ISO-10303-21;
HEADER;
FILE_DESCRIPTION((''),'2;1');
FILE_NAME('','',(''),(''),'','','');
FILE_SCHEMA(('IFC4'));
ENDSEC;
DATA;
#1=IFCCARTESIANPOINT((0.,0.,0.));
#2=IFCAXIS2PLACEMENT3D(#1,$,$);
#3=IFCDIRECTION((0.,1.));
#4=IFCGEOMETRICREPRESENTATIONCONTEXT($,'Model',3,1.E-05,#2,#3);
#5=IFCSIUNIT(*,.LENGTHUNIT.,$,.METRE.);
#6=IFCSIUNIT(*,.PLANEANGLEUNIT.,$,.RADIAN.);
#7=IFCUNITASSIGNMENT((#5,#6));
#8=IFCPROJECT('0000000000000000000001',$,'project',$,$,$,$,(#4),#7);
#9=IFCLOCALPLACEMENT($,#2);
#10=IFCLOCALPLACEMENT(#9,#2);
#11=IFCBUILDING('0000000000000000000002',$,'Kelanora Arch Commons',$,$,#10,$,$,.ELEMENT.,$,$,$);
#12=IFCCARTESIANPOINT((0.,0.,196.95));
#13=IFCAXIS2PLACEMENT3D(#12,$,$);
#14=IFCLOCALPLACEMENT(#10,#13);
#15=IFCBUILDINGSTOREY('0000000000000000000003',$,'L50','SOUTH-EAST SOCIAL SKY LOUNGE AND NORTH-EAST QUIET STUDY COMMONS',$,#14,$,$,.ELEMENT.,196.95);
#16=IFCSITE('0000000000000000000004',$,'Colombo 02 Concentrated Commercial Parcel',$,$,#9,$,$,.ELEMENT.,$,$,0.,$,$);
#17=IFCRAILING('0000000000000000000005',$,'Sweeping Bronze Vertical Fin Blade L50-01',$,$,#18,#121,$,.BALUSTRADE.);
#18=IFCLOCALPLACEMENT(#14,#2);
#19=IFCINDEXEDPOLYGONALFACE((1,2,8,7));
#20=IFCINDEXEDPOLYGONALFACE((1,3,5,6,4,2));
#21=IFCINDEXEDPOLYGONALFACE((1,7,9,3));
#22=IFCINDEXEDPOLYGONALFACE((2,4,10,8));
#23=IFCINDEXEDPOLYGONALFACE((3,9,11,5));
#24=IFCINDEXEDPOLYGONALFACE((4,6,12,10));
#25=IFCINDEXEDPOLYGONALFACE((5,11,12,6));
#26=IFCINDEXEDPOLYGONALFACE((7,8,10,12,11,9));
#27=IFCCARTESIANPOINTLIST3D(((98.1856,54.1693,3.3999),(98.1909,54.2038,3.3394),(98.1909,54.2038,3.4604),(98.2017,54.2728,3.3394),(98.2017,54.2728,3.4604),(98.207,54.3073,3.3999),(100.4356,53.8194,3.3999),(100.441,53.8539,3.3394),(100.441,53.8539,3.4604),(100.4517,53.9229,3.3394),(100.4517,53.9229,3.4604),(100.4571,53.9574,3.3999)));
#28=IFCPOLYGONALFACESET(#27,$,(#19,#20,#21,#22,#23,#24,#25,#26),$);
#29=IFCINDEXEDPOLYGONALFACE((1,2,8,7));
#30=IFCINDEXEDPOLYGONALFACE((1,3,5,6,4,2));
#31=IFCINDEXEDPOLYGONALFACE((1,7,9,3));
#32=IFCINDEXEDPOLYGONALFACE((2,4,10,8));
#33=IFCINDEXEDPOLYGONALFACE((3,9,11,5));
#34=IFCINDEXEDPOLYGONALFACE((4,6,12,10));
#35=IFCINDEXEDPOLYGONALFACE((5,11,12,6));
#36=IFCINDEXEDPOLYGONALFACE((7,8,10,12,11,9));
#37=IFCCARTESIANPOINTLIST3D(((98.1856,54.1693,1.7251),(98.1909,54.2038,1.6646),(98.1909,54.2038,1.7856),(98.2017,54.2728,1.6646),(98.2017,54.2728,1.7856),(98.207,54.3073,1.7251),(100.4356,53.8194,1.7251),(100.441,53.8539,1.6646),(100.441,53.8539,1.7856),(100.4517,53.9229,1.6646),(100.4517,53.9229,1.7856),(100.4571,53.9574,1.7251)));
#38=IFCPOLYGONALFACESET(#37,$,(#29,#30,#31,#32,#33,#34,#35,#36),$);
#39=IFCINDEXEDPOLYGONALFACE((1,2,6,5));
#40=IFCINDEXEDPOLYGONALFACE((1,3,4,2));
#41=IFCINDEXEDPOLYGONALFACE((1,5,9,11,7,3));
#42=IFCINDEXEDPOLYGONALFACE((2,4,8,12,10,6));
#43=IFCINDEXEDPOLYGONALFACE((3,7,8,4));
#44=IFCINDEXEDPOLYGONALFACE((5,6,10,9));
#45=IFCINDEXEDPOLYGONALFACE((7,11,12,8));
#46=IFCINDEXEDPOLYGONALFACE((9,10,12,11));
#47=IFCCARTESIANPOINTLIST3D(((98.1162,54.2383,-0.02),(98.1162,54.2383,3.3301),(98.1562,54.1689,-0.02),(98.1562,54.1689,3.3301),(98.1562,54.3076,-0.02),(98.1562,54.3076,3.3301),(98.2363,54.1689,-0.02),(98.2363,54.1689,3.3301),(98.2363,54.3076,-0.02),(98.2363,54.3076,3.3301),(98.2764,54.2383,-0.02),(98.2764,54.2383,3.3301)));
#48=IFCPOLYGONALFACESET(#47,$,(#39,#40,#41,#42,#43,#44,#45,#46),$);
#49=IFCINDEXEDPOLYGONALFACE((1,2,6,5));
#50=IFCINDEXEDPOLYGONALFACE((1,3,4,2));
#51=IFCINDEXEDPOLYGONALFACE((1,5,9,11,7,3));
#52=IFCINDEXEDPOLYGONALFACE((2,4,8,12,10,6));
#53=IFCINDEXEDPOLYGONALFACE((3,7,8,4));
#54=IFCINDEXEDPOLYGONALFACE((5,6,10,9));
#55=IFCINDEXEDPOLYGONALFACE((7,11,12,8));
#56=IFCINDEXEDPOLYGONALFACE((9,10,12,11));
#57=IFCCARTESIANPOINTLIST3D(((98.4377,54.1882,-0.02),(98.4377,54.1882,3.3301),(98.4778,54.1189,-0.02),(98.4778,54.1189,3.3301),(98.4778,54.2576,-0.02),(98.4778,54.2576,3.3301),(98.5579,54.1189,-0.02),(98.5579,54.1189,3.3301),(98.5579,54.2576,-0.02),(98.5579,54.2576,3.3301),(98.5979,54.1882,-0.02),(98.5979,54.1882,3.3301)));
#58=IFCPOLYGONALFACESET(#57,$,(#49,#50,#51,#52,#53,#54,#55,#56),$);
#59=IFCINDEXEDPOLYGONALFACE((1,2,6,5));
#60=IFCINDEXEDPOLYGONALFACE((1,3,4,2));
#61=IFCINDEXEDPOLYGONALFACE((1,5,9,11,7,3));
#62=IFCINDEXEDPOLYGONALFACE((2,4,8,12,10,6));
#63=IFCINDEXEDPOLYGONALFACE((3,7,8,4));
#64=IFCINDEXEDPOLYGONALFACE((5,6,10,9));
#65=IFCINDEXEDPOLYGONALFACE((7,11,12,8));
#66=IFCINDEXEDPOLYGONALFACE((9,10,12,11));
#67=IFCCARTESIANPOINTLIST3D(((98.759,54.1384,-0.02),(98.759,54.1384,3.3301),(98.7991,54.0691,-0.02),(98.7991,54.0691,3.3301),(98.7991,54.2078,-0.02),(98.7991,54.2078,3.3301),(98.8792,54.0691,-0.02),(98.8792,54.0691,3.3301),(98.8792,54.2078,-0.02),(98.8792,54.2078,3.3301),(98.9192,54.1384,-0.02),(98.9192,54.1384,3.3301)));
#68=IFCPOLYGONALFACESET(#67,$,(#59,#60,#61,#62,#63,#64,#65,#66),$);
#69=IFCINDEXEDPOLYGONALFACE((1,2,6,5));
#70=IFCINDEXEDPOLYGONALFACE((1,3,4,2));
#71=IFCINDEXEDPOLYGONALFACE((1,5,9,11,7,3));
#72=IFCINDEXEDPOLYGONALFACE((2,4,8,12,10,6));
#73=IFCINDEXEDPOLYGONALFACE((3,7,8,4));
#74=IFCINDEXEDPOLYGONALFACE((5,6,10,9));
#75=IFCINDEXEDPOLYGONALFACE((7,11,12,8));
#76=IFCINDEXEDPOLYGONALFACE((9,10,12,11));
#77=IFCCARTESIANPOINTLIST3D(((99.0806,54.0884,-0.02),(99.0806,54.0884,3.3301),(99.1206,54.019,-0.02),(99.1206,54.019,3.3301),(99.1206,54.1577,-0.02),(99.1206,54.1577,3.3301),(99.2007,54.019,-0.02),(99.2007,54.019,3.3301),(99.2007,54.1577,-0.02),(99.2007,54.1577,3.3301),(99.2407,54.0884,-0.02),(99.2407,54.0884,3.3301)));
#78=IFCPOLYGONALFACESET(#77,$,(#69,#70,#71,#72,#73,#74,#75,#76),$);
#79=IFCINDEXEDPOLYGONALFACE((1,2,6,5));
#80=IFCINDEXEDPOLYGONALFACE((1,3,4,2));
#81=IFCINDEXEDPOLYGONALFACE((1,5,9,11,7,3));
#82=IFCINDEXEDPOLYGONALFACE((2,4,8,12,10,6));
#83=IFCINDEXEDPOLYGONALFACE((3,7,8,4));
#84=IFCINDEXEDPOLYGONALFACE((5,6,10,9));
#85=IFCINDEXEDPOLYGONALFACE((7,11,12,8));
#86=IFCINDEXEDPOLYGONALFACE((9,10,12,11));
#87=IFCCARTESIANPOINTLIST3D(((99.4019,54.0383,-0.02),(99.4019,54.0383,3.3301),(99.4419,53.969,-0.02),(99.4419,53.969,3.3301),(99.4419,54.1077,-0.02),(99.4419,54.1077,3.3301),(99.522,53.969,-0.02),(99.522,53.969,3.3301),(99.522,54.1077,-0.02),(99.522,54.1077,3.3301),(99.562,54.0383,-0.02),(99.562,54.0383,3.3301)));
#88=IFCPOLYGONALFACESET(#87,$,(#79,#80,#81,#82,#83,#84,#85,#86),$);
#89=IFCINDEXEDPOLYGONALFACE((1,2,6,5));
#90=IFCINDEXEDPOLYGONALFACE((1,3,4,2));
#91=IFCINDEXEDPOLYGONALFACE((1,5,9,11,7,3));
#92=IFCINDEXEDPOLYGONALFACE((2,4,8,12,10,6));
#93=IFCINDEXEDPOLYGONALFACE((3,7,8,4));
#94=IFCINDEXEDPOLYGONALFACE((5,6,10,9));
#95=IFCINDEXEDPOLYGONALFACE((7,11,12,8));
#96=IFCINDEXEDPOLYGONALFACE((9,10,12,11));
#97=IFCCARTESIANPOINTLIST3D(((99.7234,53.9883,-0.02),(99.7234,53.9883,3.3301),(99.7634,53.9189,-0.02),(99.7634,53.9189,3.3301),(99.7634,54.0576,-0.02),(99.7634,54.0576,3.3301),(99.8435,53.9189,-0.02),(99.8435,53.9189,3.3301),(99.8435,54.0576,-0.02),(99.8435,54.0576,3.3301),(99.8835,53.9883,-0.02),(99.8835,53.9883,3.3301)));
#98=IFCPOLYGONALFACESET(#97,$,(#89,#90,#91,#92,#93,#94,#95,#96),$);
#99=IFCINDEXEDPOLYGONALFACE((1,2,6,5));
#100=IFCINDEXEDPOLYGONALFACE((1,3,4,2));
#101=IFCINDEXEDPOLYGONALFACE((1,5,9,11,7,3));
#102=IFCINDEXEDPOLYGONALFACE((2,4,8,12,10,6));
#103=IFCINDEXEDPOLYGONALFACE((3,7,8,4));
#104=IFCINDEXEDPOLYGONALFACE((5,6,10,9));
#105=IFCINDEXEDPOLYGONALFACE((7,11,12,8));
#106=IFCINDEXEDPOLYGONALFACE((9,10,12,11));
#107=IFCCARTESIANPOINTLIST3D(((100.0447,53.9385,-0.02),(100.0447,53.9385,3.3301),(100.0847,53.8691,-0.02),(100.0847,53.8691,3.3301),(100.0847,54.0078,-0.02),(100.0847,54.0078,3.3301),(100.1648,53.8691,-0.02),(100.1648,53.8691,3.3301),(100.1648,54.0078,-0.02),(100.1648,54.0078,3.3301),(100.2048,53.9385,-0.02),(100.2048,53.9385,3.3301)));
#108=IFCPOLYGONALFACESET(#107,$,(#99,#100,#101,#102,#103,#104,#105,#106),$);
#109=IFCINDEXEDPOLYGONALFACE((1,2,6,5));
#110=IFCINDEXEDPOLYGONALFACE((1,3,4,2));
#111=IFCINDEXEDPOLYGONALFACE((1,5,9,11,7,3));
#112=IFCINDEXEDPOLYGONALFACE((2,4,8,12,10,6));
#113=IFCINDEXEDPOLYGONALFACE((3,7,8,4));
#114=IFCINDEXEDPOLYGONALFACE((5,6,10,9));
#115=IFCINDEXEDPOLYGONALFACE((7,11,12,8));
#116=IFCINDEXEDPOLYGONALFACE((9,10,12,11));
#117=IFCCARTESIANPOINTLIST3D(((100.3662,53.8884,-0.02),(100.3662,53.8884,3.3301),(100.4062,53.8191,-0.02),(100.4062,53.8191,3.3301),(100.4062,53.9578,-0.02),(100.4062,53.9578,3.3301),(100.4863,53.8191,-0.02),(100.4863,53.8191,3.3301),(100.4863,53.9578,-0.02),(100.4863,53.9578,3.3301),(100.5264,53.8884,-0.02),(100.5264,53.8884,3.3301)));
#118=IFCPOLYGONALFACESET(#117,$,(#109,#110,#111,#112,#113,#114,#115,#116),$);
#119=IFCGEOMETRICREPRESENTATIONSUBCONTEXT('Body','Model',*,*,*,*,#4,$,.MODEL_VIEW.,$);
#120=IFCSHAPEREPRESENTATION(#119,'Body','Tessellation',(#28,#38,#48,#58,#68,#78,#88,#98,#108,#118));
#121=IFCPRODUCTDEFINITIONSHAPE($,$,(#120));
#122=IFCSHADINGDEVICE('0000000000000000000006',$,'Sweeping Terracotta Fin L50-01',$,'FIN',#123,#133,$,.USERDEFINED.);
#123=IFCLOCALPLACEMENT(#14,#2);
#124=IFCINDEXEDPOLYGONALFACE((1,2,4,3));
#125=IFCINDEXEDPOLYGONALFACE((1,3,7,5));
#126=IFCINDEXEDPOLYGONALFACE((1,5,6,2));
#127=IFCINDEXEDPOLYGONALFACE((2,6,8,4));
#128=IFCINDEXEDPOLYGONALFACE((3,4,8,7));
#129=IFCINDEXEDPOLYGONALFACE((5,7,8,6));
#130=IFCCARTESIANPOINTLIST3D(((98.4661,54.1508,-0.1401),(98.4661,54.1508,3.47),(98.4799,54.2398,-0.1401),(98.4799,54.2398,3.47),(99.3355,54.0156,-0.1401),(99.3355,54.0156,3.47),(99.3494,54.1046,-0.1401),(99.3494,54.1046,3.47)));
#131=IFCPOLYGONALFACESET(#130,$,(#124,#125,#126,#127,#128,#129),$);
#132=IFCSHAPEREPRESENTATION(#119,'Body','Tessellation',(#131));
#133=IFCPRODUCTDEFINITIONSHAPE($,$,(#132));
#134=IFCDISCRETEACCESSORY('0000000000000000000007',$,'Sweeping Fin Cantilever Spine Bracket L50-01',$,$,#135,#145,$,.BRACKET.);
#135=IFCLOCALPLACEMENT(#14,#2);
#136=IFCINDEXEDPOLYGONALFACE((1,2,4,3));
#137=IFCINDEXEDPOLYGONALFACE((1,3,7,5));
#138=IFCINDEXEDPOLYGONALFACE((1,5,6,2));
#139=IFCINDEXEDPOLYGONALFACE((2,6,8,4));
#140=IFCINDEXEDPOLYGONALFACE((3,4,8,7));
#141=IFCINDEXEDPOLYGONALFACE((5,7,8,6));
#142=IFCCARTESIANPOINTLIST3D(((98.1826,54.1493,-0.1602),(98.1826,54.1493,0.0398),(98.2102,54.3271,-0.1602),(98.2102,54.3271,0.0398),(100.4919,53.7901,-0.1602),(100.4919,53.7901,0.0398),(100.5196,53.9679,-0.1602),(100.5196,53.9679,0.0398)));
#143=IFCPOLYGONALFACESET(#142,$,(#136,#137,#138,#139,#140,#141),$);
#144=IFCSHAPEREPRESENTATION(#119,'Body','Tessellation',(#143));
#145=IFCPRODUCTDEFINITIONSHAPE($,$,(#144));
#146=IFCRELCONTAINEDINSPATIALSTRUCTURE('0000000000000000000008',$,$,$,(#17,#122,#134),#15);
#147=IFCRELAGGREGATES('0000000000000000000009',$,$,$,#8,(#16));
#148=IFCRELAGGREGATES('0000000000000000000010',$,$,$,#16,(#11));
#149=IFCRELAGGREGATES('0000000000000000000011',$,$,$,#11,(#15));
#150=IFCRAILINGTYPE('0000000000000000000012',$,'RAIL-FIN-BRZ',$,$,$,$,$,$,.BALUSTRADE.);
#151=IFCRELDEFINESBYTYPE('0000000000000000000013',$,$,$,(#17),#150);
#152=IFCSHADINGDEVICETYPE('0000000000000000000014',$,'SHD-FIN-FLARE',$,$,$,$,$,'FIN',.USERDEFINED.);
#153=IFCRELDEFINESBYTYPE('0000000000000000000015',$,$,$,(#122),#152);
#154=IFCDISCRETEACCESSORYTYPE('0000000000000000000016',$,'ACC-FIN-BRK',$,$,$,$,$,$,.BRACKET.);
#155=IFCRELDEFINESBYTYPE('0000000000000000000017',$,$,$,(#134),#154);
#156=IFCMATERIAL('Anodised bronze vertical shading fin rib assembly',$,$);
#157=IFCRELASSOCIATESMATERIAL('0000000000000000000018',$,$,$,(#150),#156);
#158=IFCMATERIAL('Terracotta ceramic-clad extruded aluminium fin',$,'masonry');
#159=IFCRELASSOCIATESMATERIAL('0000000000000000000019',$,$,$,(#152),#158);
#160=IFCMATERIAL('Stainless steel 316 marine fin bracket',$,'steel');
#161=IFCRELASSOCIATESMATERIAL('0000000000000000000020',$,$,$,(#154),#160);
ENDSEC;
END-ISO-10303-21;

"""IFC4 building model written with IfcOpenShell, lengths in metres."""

from ifc_helpers import new_model, si_unit, direction, frame, origin, origin_2d, place, context, subcontext, project, spatial, polyline, rectangle, outline, extrude, source, transform, mapped, material, type_object, element, save


model = new_model("IFC4")

# Units and contexts
model_context = context("Model", 3, precision=1e-05, world=origin(), true_north=direction((0.0, 1.0)))
body_context = subcontext(model_context, "Body", "Model", "MODEL_VIEW")
ifc_project = project(units=[si_unit("LENGTHUNIT", "METRE"), si_unit("PLANEANGLEUNIT", "RADIAN")], contexts=[model_context])

# Site, building, storey
site_placement = place(None, origin())
site = spatial("IfcSite", under=ifc_project, at=site_placement, Name="Colombo 02 Concentrated Commercial Parcel", CompositionType="ELEMENT", RefElevation=0.0)
building_placement = place(site_placement, origin())
building = spatial("IfcBuilding", under=site, at=building_placement, Name="Kelanora Arch Commons", CompositionType="ELEMENT")
storey_placement = place(building_placement, frame((0.0, 0.0, 196.95)))
storey = spatial("IfcBuildingStorey", under=building, at=storey_placement, Name="L50", Description="SOUTH-EAST SOCIAL SKY LOUNGE AND NORTH-EAST QUIET STUDY COMMONS", CompositionType="ELEMENT", Elevation=196.95)

# Railing
ifc_material_1 = material(Name="Anodised bronze vertical shading fin rib assembly")
railing_type = type_object("IfcRailingType", Name="RAIL-FIN-BRZ", PredefinedType="BALUSTRADE", material=ifc_material_1)
railing_placement = place(storey_placement, frame((98.1963, 54.2383, -0.02)))
element("IfcRailing", 1, at=railing_placement, inside=storey, type_object=railing_type, Name="Sweeping Bronze Vertical Fin Blade L50-01", PredefinedType="BALUSTRADE", context=body_context, shape_type="SweptSolid", body=[
    extrude(outline(polyline([(0.0698, 0.0), (0.0349, 0.0605), (-0.0349, 0.0605), (-0.0698, 0.0), (-0.0349, -0.0605), (0.0349, -0.0605), (0.0698, 0.0)])), frame((0.0, 0.0, 3.4199), z_axis=(0.988126, -0.153644, 0.0), x_axis=(0.153644, 0.988126, 0.0)), (0.0, 0.0, 1.0), 2.2771),
    extrude(outline(polyline([(0.0698, 0.0), (0.0349, 0.0605), (-0.0349, 0.0605), (-0.0698, 0.0), (-0.0349, -0.0605), (0.0349, -0.0605), (0.0698, 0.0)])), frame((0.0, 0.0, 1.7451), z_axis=(0.988126, -0.153644, 0.0), x_axis=(0.153644, 0.988126, 0.0)), (0.0, 0.0, 1.0), 2.2771),
    extrude(outline(polyline([(0.0801, 0.0), (0.04, 0.0693), (-0.04, 0.0693), (-0.0801, 0.0), (-0.04, -0.0693), (0.04, -0.0693), (0.0801, 0.0)])), origin(), (0.0, 0.0, 1.0), 3.3501),
    extrude(outline(polyline([(0.0801, 0.0), (0.04, 0.0693), (-0.04, 0.0693), (-0.0801, 0.0), (-0.04, -0.0693), (0.04, -0.0693), (0.0801, 0.0)])), frame((0.3215, -0.05, 0.0)), (0.0, 0.0, 1.0), 3.3501),
    extrude(outline(polyline([(0.0801, 0.0), (0.04, 0.0693), (-0.04, 0.0693), (-0.0801, 0.0), (-0.04, -0.0693), (0.04, -0.0693), (0.0801, 0.0)])), frame((0.6428, -0.0999, 0.0)), (0.0, 0.0, 1.0), 3.3501),
    extrude(outline(polyline([(0.0801, 0.0), (0.04, 0.0693), (-0.04, 0.0693), (-0.0801, 0.0), (-0.04, -0.0693), (0.04, -0.0693), (0.0801, 0.0)])), frame((0.9644, -0.1499, 0.0)), (0.0, 0.0, 1.0), 3.3501),
    extrude(outline(polyline([(0.0801, 0.0), (0.04, 0.0693), (-0.04, 0.0693), (-0.0801, 0.0), (-0.04, -0.0693), (0.04, -0.0693), (0.0801, 0.0)])), frame((1.2856, -0.2, 0.0)), (0.0, 0.0, 1.0), 3.3501),
    extrude(outline(polyline([(0.0801, 0.0), (0.04, 0.0693), (-0.04, 0.0693), (-0.0801, 0.0), (-0.04, -0.0693), (0.04, -0.0693), (0.0801, 0.0)])), frame((1.6072, -0.25, 0.0)), (0.0, 0.0, 1.0), 3.3501),
    extrude(outline(polyline([(0.0801, 0.0), (0.04, 0.0693), (-0.04, 0.0693), (-0.0801, 0.0), (-0.04, -0.0693), (0.04, -0.0693), (0.0801, 0.0)])), frame((1.9285, -0.2998, 0.0)), (0.0, 0.0, 1.0), 3.3501),
    extrude(outline(polyline([(0.0801, 0.0), (0.04, 0.0693), (-0.04, 0.0693), (-0.0801, 0.0), (-0.04, -0.0693), (0.04, -0.0693), (0.0801, 0.0)])), frame((2.25, -0.3499, 0.0)), (0.0, 0.0, 1.0), 3.3501),
])

# Shading device
ifc_material_2 = material(Name="Terracotta ceramic-clad extruded aluminium fin", Category="masonry")
shading_device_type = type_object("IfcShadingDeviceType", Name="SHD-FIN-FLARE", ElementType="FIN", PredefinedType="USERDEFINED", material=ifc_material_2)
shared_shape_1 = source(origin(), body_context, "Body", "SweptSolid", [
    extrude(rectangle(XDim=0.8799, YDim=0.0901, at=origin_2d()), origin(), (0.0, 0.0, 1.0), 3.6101),
])
shading_device_placement = place(storey_placement, frame((98.9077, 54.1277, -0.1401), z_axis=(0.0, 0.0, 1.0), x_axis=(0.988121, -0.153676, 0.0)))
element("IfcShadingDevice", 2, at=shading_device_placement, inside=storey, type_object=shading_device_type, Name="Sweeping Terracotta Fin L50-01", ObjectType="FIN", PredefinedType="USERDEFINED", context=body_context, shape_type="MappedRepresentation", body=[
    mapped(shared_shape_1, transform((0.0, 0.0, 0.0), scale=1.0)),
])

# Discrete accessory
ifc_material_3 = material(Name="Stainless steel 316 marine fin bracket", Category="steel")
discrete_accessory_type = type_object("IfcDiscreteAccessoryType", Name="ACC-FIN-BRK", PredefinedType="BRACKET", material=ifc_material_3)
shared_shape_2 = source(origin(), body_context, "Body", "SweptSolid", [
    extrude(rectangle(XDim=2.3372, YDim=0.1799, at=origin_2d()), origin(), (0.0, 0.0, 1.0), 0.2),
])
discrete_accessory_placement = place(storey_placement, frame((99.3511, 54.0586, -0.1602), z_axis=(0.0, 0.0, 1.0), x_axis=(0.988121, -0.153676, 0.0)))
element("IfcDiscreteAccessory", 3, at=discrete_accessory_placement, inside=storey, type_object=discrete_accessory_type, Name="Sweeping Fin Cantilever Spine Bracket L50-01", PredefinedType="BRACKET", context=body_context, shape_type="MappedRepresentation", body=[
    mapped(shared_shape_2, transform((0.0, 0.0, 0.0), scale=1.0)),
])

save(model, "model.ifc")
